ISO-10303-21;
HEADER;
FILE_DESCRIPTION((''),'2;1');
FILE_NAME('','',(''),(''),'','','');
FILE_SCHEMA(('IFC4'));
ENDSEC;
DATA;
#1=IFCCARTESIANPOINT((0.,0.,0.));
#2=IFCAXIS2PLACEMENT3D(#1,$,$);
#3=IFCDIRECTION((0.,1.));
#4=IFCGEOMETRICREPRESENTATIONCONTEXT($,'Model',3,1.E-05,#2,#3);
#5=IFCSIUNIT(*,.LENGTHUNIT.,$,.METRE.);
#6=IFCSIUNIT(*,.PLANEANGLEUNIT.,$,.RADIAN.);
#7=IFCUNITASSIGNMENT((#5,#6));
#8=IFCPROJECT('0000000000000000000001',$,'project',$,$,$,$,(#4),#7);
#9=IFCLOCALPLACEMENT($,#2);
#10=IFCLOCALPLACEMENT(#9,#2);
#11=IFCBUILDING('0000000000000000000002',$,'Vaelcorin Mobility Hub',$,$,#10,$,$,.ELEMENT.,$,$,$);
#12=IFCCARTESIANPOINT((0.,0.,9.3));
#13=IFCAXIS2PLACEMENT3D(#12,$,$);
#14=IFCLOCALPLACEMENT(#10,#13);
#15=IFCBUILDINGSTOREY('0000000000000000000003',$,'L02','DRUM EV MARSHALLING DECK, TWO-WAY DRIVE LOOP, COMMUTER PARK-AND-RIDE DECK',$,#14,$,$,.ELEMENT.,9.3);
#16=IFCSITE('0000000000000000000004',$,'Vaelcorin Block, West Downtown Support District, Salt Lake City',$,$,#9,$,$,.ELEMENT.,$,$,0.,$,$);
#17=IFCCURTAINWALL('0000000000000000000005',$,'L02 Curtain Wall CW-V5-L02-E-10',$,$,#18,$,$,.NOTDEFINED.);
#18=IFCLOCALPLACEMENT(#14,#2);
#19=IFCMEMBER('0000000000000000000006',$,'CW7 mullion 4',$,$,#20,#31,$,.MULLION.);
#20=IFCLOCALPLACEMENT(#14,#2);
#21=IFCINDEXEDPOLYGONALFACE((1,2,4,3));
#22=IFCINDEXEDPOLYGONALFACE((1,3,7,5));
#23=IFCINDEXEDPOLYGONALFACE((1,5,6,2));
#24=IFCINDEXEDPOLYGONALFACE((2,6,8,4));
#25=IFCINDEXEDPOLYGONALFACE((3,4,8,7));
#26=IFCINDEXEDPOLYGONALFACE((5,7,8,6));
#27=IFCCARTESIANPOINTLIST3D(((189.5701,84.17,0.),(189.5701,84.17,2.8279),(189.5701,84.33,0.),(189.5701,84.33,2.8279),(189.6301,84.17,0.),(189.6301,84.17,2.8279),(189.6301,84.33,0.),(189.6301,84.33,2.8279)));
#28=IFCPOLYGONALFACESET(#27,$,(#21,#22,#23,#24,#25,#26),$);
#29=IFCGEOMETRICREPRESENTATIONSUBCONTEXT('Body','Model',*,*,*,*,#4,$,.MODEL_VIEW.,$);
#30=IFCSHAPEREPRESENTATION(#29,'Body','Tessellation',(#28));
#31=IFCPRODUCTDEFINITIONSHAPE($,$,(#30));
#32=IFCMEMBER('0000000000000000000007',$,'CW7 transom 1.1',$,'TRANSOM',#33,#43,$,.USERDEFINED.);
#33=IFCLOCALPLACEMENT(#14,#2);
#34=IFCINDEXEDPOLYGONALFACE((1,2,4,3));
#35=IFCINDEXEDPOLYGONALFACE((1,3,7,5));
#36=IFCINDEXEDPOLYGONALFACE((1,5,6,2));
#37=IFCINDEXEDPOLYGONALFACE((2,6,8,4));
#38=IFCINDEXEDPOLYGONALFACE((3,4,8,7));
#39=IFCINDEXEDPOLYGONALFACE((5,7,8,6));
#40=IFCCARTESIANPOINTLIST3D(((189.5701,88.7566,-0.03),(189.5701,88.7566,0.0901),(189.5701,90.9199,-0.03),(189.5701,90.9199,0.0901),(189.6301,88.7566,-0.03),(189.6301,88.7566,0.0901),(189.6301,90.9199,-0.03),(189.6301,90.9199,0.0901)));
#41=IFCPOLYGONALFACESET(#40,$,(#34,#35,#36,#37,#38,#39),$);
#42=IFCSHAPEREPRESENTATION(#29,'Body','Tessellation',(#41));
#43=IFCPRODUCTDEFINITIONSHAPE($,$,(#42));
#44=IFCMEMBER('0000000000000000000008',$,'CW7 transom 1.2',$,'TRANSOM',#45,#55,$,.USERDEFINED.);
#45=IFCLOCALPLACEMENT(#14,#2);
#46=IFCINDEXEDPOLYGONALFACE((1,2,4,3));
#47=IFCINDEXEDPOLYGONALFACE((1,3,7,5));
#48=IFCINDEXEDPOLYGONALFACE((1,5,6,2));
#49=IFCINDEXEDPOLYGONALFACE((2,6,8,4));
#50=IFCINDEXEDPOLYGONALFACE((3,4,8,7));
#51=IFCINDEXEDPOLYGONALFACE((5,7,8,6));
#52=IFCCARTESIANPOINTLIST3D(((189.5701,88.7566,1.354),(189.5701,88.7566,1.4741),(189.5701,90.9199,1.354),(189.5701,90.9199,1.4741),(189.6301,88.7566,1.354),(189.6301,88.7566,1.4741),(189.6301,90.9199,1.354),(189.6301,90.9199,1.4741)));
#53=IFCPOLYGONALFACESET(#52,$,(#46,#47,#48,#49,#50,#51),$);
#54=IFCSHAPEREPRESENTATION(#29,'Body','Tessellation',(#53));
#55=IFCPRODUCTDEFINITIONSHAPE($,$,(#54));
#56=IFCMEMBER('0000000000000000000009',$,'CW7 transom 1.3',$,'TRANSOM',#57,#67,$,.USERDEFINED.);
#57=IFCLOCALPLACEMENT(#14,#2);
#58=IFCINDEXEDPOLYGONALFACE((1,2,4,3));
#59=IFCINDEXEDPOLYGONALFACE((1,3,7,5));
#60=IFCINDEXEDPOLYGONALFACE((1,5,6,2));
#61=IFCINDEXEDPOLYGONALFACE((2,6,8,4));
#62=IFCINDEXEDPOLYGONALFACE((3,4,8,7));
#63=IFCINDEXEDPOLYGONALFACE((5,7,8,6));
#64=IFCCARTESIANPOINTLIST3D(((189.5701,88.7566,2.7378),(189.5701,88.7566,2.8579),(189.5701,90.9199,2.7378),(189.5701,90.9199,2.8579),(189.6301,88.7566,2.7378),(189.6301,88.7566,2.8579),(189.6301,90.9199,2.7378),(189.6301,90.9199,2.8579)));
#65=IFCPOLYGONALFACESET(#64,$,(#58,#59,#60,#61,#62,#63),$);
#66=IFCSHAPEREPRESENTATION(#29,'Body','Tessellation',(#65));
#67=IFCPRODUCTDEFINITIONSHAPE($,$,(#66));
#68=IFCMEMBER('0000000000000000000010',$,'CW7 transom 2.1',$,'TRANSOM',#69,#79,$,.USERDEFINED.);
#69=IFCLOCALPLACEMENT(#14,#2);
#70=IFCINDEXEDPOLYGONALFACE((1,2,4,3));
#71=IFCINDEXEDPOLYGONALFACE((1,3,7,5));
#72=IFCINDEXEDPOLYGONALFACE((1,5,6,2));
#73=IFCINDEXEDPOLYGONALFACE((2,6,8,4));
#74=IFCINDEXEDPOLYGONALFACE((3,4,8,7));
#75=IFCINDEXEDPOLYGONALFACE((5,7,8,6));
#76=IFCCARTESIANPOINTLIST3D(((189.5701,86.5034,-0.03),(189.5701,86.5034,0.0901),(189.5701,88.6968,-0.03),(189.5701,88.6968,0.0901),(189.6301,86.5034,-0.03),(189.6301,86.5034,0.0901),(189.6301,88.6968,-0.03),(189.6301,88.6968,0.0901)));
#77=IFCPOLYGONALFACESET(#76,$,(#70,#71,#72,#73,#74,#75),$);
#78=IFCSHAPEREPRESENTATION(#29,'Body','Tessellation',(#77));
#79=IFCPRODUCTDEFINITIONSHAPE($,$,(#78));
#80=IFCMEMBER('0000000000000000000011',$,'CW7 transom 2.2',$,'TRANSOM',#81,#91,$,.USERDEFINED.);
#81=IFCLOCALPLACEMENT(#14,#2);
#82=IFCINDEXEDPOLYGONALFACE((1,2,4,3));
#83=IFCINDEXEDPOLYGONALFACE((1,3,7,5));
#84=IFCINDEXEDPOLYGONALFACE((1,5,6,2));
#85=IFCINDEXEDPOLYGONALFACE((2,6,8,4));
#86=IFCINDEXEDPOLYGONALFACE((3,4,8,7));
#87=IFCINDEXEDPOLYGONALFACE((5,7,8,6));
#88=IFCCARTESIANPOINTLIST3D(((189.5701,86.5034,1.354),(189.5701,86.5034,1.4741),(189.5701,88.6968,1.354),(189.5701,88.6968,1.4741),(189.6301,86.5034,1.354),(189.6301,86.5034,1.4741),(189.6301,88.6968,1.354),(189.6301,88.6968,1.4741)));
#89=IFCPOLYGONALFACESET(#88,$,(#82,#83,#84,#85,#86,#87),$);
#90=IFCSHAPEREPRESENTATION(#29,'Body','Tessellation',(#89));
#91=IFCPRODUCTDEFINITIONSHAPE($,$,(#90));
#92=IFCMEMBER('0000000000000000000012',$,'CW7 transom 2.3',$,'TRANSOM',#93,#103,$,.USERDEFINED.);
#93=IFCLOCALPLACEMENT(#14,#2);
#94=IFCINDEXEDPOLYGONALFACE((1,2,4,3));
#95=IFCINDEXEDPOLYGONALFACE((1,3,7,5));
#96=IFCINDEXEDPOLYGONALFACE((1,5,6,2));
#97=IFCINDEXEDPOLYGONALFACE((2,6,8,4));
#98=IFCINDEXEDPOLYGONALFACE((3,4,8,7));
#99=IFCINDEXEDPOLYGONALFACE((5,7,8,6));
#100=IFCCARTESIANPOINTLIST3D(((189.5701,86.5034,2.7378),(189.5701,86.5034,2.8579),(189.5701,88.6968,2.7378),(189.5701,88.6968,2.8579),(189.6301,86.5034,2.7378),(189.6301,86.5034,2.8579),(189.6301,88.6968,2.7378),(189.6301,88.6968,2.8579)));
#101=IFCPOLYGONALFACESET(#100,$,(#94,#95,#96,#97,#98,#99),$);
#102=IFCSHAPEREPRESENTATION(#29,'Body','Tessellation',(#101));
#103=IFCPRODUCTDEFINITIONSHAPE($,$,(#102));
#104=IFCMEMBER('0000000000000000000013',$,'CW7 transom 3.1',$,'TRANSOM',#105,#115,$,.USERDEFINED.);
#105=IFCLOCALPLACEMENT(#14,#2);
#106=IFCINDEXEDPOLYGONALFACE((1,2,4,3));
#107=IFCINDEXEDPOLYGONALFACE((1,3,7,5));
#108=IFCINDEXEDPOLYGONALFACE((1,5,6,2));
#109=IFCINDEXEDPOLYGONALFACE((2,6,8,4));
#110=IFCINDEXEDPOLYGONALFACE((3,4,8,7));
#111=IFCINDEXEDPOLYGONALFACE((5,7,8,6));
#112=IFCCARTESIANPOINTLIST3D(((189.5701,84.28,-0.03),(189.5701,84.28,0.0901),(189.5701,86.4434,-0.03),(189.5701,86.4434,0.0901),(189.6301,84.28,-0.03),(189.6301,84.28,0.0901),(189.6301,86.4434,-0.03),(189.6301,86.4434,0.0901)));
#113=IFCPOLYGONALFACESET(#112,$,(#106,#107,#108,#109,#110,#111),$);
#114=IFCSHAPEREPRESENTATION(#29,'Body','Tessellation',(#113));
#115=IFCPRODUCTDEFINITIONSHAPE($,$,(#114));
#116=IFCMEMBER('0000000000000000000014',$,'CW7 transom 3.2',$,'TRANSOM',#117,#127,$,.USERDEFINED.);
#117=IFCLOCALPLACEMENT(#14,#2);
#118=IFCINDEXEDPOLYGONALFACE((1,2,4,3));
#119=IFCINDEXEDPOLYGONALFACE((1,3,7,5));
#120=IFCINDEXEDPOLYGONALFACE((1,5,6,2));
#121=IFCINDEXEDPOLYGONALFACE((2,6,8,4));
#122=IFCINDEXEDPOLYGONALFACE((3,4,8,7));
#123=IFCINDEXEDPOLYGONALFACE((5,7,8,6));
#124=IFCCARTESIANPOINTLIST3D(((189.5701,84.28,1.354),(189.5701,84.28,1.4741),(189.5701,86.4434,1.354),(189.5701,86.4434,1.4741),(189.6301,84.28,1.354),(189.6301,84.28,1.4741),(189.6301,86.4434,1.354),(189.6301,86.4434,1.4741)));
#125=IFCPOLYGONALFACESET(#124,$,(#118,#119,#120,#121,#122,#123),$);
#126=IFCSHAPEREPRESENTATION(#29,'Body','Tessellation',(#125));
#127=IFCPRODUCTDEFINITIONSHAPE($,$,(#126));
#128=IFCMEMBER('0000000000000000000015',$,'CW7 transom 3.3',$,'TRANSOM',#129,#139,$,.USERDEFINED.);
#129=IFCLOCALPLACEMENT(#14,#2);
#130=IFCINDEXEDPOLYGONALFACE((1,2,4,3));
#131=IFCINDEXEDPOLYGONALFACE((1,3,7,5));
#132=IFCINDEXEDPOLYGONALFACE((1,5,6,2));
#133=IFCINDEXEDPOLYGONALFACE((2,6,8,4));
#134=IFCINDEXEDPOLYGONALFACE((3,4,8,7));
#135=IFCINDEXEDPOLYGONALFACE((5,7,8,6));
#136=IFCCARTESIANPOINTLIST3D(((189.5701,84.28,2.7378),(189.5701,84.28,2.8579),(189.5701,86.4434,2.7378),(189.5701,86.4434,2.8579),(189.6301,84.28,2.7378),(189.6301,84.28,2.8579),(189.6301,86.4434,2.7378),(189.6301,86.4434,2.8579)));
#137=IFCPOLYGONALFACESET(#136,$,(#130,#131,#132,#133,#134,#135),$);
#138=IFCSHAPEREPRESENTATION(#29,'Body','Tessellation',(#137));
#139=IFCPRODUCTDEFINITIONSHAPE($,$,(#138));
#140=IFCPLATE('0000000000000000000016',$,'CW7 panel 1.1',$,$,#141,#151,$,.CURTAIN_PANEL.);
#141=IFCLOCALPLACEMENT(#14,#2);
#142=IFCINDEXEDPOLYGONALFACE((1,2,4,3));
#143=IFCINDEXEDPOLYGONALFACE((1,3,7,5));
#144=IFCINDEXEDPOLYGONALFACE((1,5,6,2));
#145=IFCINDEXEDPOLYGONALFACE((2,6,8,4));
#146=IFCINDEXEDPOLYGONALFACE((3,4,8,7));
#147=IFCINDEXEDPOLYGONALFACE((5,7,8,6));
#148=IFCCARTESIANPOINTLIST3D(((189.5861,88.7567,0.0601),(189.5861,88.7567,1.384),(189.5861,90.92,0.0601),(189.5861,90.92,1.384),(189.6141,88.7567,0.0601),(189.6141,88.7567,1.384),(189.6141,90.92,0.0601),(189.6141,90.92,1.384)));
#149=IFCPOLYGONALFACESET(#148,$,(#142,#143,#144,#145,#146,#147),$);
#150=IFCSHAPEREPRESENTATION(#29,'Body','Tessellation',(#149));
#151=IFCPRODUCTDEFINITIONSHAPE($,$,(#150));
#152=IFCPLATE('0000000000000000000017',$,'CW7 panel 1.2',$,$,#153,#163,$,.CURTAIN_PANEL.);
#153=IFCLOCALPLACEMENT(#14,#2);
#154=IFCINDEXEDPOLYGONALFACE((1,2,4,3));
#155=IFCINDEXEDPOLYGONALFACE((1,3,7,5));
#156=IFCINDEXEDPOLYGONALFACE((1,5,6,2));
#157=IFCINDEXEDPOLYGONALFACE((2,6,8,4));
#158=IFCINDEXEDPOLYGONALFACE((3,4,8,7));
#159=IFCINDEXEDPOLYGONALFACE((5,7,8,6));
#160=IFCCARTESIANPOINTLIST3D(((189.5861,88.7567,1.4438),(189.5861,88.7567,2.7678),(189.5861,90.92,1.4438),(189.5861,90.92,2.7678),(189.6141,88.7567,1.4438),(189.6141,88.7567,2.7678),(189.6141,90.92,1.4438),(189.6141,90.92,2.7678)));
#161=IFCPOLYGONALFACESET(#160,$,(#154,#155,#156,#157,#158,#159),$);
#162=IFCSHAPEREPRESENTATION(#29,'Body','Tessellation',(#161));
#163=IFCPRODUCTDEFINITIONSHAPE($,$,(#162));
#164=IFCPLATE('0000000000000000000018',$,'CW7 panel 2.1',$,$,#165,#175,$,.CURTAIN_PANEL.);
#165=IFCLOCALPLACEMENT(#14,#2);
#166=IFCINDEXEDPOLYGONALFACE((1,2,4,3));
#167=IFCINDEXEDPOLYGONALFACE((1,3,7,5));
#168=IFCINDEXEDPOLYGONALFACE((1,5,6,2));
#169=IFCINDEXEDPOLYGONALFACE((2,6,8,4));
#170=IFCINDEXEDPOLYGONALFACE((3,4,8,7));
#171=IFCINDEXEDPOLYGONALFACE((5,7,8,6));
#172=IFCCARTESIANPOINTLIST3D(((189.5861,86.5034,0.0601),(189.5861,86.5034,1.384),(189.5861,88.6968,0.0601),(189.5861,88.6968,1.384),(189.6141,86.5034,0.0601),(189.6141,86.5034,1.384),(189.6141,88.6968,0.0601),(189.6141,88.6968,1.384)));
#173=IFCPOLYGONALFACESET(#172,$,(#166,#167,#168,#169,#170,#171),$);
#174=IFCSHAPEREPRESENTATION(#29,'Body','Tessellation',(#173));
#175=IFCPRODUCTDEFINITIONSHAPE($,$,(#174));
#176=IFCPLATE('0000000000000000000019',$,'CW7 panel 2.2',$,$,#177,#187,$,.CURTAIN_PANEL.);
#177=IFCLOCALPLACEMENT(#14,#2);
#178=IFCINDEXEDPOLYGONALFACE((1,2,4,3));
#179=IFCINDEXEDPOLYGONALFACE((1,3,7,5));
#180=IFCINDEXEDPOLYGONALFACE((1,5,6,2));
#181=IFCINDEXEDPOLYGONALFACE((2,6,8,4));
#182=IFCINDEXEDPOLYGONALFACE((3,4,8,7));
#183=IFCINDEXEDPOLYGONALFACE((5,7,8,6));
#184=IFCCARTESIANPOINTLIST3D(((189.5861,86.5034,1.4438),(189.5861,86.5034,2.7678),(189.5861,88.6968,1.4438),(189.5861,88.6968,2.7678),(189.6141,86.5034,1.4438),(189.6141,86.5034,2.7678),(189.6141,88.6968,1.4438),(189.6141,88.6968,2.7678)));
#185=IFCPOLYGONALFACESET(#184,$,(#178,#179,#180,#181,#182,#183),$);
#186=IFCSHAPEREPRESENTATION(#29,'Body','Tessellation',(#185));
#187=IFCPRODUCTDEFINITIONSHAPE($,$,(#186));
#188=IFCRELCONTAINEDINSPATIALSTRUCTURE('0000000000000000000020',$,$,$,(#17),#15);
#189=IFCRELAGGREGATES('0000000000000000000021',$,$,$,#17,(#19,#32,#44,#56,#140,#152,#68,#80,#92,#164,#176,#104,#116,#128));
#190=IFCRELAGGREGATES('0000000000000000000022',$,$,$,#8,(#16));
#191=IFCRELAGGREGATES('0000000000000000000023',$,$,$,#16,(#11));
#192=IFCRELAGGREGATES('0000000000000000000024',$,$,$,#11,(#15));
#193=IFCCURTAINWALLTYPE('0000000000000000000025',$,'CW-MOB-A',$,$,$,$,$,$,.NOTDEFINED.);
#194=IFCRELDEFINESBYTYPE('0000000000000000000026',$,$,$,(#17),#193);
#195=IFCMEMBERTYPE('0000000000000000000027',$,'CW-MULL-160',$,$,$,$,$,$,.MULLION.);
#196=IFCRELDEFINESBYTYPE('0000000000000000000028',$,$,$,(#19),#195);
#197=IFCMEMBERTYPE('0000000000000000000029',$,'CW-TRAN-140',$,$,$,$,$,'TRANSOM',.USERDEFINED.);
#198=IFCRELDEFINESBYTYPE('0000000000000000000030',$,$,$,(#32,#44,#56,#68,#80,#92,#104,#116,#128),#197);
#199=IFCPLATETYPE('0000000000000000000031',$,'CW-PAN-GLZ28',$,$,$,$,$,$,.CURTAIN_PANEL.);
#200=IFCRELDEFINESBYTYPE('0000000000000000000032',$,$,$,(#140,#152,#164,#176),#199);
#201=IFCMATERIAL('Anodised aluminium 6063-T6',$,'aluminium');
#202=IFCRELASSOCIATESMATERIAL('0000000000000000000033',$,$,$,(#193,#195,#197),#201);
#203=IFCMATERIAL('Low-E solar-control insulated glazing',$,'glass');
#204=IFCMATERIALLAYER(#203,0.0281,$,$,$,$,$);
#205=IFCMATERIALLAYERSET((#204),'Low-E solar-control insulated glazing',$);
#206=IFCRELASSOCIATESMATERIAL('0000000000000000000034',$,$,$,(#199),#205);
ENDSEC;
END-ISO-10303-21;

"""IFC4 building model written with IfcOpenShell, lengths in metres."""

from ifc_helpers import new_model, si_unit, direction, frame, origin, origin_2d, place, context, subcontext, project, spatial, rectangle, extrude, material, layer, layer_set, material_profile, profile_set, type_object, element, aggregate, save


model = new_model("IFC4")

# Units and contexts
model_context = context("Model", 3, precision=1e-05, world=origin(), true_north=direction((0.0, 1.0)))
body_context = subcontext(model_context, "Body", "Model", "MODEL_VIEW")
ifc_project = project(units=[si_unit("LENGTHUNIT", "METRE"), si_unit("PLANEANGLEUNIT", "RADIAN")], contexts=[model_context])

# Site, building, storey
site_placement = place(None, origin())
site = spatial("IfcSite", under=ifc_project, at=site_placement, Name="Vaelcorin Block, West Downtown Support District, Salt Lake City", CompositionType="ELEMENT", RefElevation=0.0)
building_placement = place(site_placement, origin())
building = spatial("IfcBuilding", under=site, at=building_placement, Name="Vaelcorin Mobility Hub", CompositionType="ELEMENT")
storey_placement = place(building_placement, frame((0.0, 0.0, 9.3)))
storey = spatial("IfcBuildingStorey", under=building, at=storey_placement, Name="L02", Description="DRUM EV MARSHALLING DECK, TWO-WAY DRIVE LOOP, COMMUTER PARK-AND-RIDE DECK", CompositionType="ELEMENT", Elevation=9.3)

# Curtain wall, members, plates
ifc_material_1 = material(Name="Anodised aluminium 6063-T6", Category="aluminium")
curtain_wall_type = type_object("IfcCurtainWallType", Name="CW-MOB-A", PredefinedType="NOTDEFINED", material=ifc_material_1)
curtain_wall_placement = place(storey_placement, origin())
curtain_wall = element("IfcCurtainWall", 1, at=curtain_wall_placement, inside=storey, type_object=curtain_wall_type, Name="L02 Curtain Wall CW-V5-L02-E-10", PredefinedType="NOTDEFINED")
ifc_material_profile_1 = material_profile(ifc_material_1, rectangle(XDim=0.0601, YDim=0.1599, at=origin_2d()), Name="ALU-M60X160")
ifc_profile_set_1 = profile_set([ifc_material_profile_1], Name="Anodised aluminium 6063-T6")
member_type_1 = type_object("IfcMemberType", Name="CW-MULL-160", PredefinedType="MULLION", material=ifc_profile_set_1)
member_1_placement = place(storey_placement, frame((189.6001, 84.25, 0.0), z_axis=(0.0, 0.0, 1.0), x_axis=(1.0, 0.0, 0.0)))
member_1 = element("IfcMember", 2, at=member_1_placement, type_object=member_type_1, Name="CW7 mullion 4", PredefinedType="MULLION", context=body_context, shape_type="SweptSolid", body=[
    extrude(rectangle(XDim=0.0601, YDim=0.1599, at=origin_2d()), origin(), (0.0, 0.0, 1.0), 2.8279),
])
ifc_material_profile_2 = material_profile(ifc_material_1, rectangle(XDim=0.0601, YDim=0.1201, at=origin_2d()), Name="ALU-T60X120")
ifc_profile_set_2 = profile_set([ifc_material_profile_2], Name="Anodised aluminium 6063-T6")
member_type_2 = type_object("IfcMemberType", Name="CW-TRAN-140", ElementType="TRANSOM", PredefinedType="USERDEFINED", material=ifc_profile_set_2)
member_2_placement = place(storey_placement, frame((189.6001, 90.9199, 0.03), z_axis=(0.0, -1.0, 0.0), x_axis=(1.0, 0.0, 0.0)))
member_2 = element("IfcMember", 3, at=member_2_placement, type_object=member_type_2, Name="CW7 transom 1.1", ObjectType="TRANSOM", PredefinedType="USERDEFINED", context=body_context, shape_type="SweptSolid", body=[
    extrude(rectangle(XDim=0.0601, YDim=0.1201, at=origin_2d()), origin(), (0.0, 0.0, 1.0), 2.1633),
])
member_3_placement = place(storey_placement, frame((189.6001, 90.9199, 1.4141), z_axis=(0.0, -1.0, 0.0), x_axis=(1.0, 0.0, 0.0)))
member_3 = element("IfcMember", 4, at=member_3_placement, type_object=member_type_2, Name="CW7 transom 1.2", ObjectType="TRANSOM", PredefinedType="USERDEFINED", context=body_context, shape_type="SweptSolid", body=[
    extrude(rectangle(XDim=0.0601, YDim=0.1201, at=origin_2d()), origin(), (0.0, 0.0, 1.0), 2.1633),
])
member_4_placement = place(storey_placement, frame((189.6001, 90.9199, 2.7979), z_axis=(0.0, -1.0, 0.0), x_axis=(1.0, 0.0, 0.0)))
member_4 = element("IfcMember", 5, at=member_4_placement, type_object=member_type_2, Name="CW7 transom 1.3", ObjectType="TRANSOM", PredefinedType="USERDEFINED", context=body_context, shape_type="SweptSolid", body=[
    extrude(rectangle(XDim=0.0601, YDim=0.1201, at=origin_2d()), origin(), (0.0, 0.0, 1.0), 2.1633),
])
member_5_placement = place(storey_placement, frame((189.6001, 88.6968, 0.03), z_axis=(0.0, -1.0, 0.0), x_axis=(1.0, 0.0, 0.0)))
member_5 = element("IfcMember", 6, at=member_5_placement, type_object=member_type_2, Name="CW7 transom 2.1", ObjectType="TRANSOM", PredefinedType="USERDEFINED", context=body_context, shape_type="SweptSolid", body=[
    extrude(rectangle(XDim=0.0601, YDim=0.1201, at=origin_2d()), origin(), (0.0, 0.0, 1.0), 2.1934),
])
member_6_placement = place(storey_placement, frame((189.6001, 88.6968, 1.4141), z_axis=(0.0, -1.0, 0.0), x_axis=(1.0, 0.0, 0.0)))
member_6 = element("IfcMember", 7, at=member_6_placement, type_object=member_type_2, Name="CW7 transom 2.2", ObjectType="TRANSOM", PredefinedType="USERDEFINED", context=body_context, shape_type="SweptSolid", body=[
    extrude(rectangle(XDim=0.0601, YDim=0.1201, at=origin_2d()), origin(), (0.0, 0.0, 1.0), 2.1934),
])
member_7_placement = place(storey_placement, frame((189.6001, 88.6968, 2.7979), z_axis=(0.0, -1.0, 0.0), x_axis=(1.0, 0.0, 0.0)))
member_7 = element("IfcMember", 8, at=member_7_placement, type_object=member_type_2, Name="CW7 transom 2.3", ObjectType="TRANSOM", PredefinedType="USERDEFINED", context=body_context, shape_type="SweptSolid", body=[
    extrude(rectangle(XDim=0.0601, YDim=0.1201, at=origin_2d()), origin(), (0.0, 0.0, 1.0), 2.1934),
])
member_8_placement = place(storey_placement, frame((189.6001, 86.4434, 0.03), z_axis=(0.0, -1.0, 0.0), x_axis=(1.0, 0.0, 0.0)))
member_8 = element("IfcMember", 9, at=member_8_placement, type_object=member_type_2, Name="CW7 transom 3.1", ObjectType="TRANSOM", PredefinedType="USERDEFINED", context=body_context, shape_type="SweptSolid", body=[
    extrude(rectangle(XDim=0.0601, YDim=0.1201, at=origin_2d()), origin(), (0.0, 0.0, 1.0), 2.1633),
])
member_9_placement = place(storey_placement, frame((189.6001, 86.4434, 1.4141), z_axis=(0.0, -1.0, 0.0), x_axis=(1.0, 0.0, 0.0)))
member_9 = element("IfcMember", 10, at=member_9_placement, type_object=member_type_2, Name="CW7 transom 3.2", ObjectType="TRANSOM", PredefinedType="USERDEFINED", context=body_context, shape_type="SweptSolid", body=[
    extrude(rectangle(XDim=0.0601, YDim=0.1201, at=origin_2d()), origin(), (0.0, 0.0, 1.0), 2.1633),
])
member_10_placement = place(storey_placement, frame((189.6001, 86.4434, 2.7979), z_axis=(0.0, -1.0, 0.0), x_axis=(1.0, 0.0, 0.0)))
member_10 = element("IfcMember", 11, at=member_10_placement, type_object=member_type_2, Name="CW7 transom 3.3", ObjectType="TRANSOM", PredefinedType="USERDEFINED", context=body_context, shape_type="SweptSolid", body=[
    extrude(rectangle(XDim=0.0601, YDim=0.1201, at=origin_2d()), origin(), (0.0, 0.0, 1.0), 2.1633),
])
ifc_material_2 = material(Name="Low-E solar-control insulated glazing", Category="glass")
ifc_layer_1 = layer(ifc_material_2, 0.0281)
ifc_layer_set_1 = layer_set([ifc_layer_1], Name="Low-E solar-control insulated glazing")
plate_type_1 = type_object("IfcPlateType", Name="CW-PAN-GLZ28", PredefinedType="CURTAIN_PANEL", material=ifc_layer_set_1)
plate_1_placement = place(storey_placement, frame((189.6001, 89.8384, 0.0601), z_axis=(0.0, 0.0, 1.0), x_axis=(0.0, -1.0, 0.0)))
plate_1 = element("IfcPlate", 12, at=plate_1_placement, type_object=plate_type_1, Name="CW7 panel 1.1", PredefinedType="CURTAIN_PANEL", context=body_context, shape_type="SweptSolid", body=[
    extrude(rectangle(XDim=2.1633, YDim=0.0281, at=origin_2d()), origin(), (0.0, 0.0, 1.0), 1.324),
])
plate_2_placement = place(storey_placement, frame((189.6001, 89.8384, 1.4438), z_axis=(0.0, 0.0, 1.0), x_axis=(0.0, -1.0, 0.0)))
plate_2 = element("IfcPlate", 13, at=plate_2_placement, type_object=plate_type_1, Name="CW7 panel 1.2", PredefinedType="CURTAIN_PANEL", context=body_context, shape_type="SweptSolid", body=[
    extrude(rectangle(XDim=2.1633, YDim=0.0281, at=origin_2d()), origin(), (0.0, 0.0, 1.0), 1.324),
])
plate_3_placement = place(storey_placement, frame((189.6001, 87.6001, 0.0601), z_axis=(0.0, 0.0, 1.0), x_axis=(0.0, -1.0, 0.0)))
plate_3 = element("IfcPlate", 14, at=plate_3_placement, type_object=plate_type_1, Name="CW7 panel 2.1", PredefinedType="CURTAIN_PANEL", context=body_context, shape_type="SweptSolid", body=[
    extrude(rectangle(XDim=2.1934, YDim=0.0281, at=origin_2d()), origin(), (0.0, 0.0, 1.0), 1.324),
])
plate_4_placement = place(storey_placement, frame((189.6001, 87.6001, 1.4438), z_axis=(0.0, 0.0, 1.0), x_axis=(0.0, -1.0, 0.0)))
plate_4 = element("IfcPlate", 15, at=plate_4_placement, type_object=plate_type_1, Name="CW7 panel 2.2", PredefinedType="CURTAIN_PANEL", context=body_context, shape_type="SweptSolid", body=[
    extrude(rectangle(XDim=2.1934, YDim=0.0281, at=origin_2d()), origin(), (0.0, 0.0, 1.0), 1.324),
])
aggregate(curtain_wall, [member_1, member_2, member_3, member_4, plate_1, plate_2, member_5, member_6, member_7, plate_3, plate_4, member_8, member_9, member_10])

save(model, "model.ifc")
